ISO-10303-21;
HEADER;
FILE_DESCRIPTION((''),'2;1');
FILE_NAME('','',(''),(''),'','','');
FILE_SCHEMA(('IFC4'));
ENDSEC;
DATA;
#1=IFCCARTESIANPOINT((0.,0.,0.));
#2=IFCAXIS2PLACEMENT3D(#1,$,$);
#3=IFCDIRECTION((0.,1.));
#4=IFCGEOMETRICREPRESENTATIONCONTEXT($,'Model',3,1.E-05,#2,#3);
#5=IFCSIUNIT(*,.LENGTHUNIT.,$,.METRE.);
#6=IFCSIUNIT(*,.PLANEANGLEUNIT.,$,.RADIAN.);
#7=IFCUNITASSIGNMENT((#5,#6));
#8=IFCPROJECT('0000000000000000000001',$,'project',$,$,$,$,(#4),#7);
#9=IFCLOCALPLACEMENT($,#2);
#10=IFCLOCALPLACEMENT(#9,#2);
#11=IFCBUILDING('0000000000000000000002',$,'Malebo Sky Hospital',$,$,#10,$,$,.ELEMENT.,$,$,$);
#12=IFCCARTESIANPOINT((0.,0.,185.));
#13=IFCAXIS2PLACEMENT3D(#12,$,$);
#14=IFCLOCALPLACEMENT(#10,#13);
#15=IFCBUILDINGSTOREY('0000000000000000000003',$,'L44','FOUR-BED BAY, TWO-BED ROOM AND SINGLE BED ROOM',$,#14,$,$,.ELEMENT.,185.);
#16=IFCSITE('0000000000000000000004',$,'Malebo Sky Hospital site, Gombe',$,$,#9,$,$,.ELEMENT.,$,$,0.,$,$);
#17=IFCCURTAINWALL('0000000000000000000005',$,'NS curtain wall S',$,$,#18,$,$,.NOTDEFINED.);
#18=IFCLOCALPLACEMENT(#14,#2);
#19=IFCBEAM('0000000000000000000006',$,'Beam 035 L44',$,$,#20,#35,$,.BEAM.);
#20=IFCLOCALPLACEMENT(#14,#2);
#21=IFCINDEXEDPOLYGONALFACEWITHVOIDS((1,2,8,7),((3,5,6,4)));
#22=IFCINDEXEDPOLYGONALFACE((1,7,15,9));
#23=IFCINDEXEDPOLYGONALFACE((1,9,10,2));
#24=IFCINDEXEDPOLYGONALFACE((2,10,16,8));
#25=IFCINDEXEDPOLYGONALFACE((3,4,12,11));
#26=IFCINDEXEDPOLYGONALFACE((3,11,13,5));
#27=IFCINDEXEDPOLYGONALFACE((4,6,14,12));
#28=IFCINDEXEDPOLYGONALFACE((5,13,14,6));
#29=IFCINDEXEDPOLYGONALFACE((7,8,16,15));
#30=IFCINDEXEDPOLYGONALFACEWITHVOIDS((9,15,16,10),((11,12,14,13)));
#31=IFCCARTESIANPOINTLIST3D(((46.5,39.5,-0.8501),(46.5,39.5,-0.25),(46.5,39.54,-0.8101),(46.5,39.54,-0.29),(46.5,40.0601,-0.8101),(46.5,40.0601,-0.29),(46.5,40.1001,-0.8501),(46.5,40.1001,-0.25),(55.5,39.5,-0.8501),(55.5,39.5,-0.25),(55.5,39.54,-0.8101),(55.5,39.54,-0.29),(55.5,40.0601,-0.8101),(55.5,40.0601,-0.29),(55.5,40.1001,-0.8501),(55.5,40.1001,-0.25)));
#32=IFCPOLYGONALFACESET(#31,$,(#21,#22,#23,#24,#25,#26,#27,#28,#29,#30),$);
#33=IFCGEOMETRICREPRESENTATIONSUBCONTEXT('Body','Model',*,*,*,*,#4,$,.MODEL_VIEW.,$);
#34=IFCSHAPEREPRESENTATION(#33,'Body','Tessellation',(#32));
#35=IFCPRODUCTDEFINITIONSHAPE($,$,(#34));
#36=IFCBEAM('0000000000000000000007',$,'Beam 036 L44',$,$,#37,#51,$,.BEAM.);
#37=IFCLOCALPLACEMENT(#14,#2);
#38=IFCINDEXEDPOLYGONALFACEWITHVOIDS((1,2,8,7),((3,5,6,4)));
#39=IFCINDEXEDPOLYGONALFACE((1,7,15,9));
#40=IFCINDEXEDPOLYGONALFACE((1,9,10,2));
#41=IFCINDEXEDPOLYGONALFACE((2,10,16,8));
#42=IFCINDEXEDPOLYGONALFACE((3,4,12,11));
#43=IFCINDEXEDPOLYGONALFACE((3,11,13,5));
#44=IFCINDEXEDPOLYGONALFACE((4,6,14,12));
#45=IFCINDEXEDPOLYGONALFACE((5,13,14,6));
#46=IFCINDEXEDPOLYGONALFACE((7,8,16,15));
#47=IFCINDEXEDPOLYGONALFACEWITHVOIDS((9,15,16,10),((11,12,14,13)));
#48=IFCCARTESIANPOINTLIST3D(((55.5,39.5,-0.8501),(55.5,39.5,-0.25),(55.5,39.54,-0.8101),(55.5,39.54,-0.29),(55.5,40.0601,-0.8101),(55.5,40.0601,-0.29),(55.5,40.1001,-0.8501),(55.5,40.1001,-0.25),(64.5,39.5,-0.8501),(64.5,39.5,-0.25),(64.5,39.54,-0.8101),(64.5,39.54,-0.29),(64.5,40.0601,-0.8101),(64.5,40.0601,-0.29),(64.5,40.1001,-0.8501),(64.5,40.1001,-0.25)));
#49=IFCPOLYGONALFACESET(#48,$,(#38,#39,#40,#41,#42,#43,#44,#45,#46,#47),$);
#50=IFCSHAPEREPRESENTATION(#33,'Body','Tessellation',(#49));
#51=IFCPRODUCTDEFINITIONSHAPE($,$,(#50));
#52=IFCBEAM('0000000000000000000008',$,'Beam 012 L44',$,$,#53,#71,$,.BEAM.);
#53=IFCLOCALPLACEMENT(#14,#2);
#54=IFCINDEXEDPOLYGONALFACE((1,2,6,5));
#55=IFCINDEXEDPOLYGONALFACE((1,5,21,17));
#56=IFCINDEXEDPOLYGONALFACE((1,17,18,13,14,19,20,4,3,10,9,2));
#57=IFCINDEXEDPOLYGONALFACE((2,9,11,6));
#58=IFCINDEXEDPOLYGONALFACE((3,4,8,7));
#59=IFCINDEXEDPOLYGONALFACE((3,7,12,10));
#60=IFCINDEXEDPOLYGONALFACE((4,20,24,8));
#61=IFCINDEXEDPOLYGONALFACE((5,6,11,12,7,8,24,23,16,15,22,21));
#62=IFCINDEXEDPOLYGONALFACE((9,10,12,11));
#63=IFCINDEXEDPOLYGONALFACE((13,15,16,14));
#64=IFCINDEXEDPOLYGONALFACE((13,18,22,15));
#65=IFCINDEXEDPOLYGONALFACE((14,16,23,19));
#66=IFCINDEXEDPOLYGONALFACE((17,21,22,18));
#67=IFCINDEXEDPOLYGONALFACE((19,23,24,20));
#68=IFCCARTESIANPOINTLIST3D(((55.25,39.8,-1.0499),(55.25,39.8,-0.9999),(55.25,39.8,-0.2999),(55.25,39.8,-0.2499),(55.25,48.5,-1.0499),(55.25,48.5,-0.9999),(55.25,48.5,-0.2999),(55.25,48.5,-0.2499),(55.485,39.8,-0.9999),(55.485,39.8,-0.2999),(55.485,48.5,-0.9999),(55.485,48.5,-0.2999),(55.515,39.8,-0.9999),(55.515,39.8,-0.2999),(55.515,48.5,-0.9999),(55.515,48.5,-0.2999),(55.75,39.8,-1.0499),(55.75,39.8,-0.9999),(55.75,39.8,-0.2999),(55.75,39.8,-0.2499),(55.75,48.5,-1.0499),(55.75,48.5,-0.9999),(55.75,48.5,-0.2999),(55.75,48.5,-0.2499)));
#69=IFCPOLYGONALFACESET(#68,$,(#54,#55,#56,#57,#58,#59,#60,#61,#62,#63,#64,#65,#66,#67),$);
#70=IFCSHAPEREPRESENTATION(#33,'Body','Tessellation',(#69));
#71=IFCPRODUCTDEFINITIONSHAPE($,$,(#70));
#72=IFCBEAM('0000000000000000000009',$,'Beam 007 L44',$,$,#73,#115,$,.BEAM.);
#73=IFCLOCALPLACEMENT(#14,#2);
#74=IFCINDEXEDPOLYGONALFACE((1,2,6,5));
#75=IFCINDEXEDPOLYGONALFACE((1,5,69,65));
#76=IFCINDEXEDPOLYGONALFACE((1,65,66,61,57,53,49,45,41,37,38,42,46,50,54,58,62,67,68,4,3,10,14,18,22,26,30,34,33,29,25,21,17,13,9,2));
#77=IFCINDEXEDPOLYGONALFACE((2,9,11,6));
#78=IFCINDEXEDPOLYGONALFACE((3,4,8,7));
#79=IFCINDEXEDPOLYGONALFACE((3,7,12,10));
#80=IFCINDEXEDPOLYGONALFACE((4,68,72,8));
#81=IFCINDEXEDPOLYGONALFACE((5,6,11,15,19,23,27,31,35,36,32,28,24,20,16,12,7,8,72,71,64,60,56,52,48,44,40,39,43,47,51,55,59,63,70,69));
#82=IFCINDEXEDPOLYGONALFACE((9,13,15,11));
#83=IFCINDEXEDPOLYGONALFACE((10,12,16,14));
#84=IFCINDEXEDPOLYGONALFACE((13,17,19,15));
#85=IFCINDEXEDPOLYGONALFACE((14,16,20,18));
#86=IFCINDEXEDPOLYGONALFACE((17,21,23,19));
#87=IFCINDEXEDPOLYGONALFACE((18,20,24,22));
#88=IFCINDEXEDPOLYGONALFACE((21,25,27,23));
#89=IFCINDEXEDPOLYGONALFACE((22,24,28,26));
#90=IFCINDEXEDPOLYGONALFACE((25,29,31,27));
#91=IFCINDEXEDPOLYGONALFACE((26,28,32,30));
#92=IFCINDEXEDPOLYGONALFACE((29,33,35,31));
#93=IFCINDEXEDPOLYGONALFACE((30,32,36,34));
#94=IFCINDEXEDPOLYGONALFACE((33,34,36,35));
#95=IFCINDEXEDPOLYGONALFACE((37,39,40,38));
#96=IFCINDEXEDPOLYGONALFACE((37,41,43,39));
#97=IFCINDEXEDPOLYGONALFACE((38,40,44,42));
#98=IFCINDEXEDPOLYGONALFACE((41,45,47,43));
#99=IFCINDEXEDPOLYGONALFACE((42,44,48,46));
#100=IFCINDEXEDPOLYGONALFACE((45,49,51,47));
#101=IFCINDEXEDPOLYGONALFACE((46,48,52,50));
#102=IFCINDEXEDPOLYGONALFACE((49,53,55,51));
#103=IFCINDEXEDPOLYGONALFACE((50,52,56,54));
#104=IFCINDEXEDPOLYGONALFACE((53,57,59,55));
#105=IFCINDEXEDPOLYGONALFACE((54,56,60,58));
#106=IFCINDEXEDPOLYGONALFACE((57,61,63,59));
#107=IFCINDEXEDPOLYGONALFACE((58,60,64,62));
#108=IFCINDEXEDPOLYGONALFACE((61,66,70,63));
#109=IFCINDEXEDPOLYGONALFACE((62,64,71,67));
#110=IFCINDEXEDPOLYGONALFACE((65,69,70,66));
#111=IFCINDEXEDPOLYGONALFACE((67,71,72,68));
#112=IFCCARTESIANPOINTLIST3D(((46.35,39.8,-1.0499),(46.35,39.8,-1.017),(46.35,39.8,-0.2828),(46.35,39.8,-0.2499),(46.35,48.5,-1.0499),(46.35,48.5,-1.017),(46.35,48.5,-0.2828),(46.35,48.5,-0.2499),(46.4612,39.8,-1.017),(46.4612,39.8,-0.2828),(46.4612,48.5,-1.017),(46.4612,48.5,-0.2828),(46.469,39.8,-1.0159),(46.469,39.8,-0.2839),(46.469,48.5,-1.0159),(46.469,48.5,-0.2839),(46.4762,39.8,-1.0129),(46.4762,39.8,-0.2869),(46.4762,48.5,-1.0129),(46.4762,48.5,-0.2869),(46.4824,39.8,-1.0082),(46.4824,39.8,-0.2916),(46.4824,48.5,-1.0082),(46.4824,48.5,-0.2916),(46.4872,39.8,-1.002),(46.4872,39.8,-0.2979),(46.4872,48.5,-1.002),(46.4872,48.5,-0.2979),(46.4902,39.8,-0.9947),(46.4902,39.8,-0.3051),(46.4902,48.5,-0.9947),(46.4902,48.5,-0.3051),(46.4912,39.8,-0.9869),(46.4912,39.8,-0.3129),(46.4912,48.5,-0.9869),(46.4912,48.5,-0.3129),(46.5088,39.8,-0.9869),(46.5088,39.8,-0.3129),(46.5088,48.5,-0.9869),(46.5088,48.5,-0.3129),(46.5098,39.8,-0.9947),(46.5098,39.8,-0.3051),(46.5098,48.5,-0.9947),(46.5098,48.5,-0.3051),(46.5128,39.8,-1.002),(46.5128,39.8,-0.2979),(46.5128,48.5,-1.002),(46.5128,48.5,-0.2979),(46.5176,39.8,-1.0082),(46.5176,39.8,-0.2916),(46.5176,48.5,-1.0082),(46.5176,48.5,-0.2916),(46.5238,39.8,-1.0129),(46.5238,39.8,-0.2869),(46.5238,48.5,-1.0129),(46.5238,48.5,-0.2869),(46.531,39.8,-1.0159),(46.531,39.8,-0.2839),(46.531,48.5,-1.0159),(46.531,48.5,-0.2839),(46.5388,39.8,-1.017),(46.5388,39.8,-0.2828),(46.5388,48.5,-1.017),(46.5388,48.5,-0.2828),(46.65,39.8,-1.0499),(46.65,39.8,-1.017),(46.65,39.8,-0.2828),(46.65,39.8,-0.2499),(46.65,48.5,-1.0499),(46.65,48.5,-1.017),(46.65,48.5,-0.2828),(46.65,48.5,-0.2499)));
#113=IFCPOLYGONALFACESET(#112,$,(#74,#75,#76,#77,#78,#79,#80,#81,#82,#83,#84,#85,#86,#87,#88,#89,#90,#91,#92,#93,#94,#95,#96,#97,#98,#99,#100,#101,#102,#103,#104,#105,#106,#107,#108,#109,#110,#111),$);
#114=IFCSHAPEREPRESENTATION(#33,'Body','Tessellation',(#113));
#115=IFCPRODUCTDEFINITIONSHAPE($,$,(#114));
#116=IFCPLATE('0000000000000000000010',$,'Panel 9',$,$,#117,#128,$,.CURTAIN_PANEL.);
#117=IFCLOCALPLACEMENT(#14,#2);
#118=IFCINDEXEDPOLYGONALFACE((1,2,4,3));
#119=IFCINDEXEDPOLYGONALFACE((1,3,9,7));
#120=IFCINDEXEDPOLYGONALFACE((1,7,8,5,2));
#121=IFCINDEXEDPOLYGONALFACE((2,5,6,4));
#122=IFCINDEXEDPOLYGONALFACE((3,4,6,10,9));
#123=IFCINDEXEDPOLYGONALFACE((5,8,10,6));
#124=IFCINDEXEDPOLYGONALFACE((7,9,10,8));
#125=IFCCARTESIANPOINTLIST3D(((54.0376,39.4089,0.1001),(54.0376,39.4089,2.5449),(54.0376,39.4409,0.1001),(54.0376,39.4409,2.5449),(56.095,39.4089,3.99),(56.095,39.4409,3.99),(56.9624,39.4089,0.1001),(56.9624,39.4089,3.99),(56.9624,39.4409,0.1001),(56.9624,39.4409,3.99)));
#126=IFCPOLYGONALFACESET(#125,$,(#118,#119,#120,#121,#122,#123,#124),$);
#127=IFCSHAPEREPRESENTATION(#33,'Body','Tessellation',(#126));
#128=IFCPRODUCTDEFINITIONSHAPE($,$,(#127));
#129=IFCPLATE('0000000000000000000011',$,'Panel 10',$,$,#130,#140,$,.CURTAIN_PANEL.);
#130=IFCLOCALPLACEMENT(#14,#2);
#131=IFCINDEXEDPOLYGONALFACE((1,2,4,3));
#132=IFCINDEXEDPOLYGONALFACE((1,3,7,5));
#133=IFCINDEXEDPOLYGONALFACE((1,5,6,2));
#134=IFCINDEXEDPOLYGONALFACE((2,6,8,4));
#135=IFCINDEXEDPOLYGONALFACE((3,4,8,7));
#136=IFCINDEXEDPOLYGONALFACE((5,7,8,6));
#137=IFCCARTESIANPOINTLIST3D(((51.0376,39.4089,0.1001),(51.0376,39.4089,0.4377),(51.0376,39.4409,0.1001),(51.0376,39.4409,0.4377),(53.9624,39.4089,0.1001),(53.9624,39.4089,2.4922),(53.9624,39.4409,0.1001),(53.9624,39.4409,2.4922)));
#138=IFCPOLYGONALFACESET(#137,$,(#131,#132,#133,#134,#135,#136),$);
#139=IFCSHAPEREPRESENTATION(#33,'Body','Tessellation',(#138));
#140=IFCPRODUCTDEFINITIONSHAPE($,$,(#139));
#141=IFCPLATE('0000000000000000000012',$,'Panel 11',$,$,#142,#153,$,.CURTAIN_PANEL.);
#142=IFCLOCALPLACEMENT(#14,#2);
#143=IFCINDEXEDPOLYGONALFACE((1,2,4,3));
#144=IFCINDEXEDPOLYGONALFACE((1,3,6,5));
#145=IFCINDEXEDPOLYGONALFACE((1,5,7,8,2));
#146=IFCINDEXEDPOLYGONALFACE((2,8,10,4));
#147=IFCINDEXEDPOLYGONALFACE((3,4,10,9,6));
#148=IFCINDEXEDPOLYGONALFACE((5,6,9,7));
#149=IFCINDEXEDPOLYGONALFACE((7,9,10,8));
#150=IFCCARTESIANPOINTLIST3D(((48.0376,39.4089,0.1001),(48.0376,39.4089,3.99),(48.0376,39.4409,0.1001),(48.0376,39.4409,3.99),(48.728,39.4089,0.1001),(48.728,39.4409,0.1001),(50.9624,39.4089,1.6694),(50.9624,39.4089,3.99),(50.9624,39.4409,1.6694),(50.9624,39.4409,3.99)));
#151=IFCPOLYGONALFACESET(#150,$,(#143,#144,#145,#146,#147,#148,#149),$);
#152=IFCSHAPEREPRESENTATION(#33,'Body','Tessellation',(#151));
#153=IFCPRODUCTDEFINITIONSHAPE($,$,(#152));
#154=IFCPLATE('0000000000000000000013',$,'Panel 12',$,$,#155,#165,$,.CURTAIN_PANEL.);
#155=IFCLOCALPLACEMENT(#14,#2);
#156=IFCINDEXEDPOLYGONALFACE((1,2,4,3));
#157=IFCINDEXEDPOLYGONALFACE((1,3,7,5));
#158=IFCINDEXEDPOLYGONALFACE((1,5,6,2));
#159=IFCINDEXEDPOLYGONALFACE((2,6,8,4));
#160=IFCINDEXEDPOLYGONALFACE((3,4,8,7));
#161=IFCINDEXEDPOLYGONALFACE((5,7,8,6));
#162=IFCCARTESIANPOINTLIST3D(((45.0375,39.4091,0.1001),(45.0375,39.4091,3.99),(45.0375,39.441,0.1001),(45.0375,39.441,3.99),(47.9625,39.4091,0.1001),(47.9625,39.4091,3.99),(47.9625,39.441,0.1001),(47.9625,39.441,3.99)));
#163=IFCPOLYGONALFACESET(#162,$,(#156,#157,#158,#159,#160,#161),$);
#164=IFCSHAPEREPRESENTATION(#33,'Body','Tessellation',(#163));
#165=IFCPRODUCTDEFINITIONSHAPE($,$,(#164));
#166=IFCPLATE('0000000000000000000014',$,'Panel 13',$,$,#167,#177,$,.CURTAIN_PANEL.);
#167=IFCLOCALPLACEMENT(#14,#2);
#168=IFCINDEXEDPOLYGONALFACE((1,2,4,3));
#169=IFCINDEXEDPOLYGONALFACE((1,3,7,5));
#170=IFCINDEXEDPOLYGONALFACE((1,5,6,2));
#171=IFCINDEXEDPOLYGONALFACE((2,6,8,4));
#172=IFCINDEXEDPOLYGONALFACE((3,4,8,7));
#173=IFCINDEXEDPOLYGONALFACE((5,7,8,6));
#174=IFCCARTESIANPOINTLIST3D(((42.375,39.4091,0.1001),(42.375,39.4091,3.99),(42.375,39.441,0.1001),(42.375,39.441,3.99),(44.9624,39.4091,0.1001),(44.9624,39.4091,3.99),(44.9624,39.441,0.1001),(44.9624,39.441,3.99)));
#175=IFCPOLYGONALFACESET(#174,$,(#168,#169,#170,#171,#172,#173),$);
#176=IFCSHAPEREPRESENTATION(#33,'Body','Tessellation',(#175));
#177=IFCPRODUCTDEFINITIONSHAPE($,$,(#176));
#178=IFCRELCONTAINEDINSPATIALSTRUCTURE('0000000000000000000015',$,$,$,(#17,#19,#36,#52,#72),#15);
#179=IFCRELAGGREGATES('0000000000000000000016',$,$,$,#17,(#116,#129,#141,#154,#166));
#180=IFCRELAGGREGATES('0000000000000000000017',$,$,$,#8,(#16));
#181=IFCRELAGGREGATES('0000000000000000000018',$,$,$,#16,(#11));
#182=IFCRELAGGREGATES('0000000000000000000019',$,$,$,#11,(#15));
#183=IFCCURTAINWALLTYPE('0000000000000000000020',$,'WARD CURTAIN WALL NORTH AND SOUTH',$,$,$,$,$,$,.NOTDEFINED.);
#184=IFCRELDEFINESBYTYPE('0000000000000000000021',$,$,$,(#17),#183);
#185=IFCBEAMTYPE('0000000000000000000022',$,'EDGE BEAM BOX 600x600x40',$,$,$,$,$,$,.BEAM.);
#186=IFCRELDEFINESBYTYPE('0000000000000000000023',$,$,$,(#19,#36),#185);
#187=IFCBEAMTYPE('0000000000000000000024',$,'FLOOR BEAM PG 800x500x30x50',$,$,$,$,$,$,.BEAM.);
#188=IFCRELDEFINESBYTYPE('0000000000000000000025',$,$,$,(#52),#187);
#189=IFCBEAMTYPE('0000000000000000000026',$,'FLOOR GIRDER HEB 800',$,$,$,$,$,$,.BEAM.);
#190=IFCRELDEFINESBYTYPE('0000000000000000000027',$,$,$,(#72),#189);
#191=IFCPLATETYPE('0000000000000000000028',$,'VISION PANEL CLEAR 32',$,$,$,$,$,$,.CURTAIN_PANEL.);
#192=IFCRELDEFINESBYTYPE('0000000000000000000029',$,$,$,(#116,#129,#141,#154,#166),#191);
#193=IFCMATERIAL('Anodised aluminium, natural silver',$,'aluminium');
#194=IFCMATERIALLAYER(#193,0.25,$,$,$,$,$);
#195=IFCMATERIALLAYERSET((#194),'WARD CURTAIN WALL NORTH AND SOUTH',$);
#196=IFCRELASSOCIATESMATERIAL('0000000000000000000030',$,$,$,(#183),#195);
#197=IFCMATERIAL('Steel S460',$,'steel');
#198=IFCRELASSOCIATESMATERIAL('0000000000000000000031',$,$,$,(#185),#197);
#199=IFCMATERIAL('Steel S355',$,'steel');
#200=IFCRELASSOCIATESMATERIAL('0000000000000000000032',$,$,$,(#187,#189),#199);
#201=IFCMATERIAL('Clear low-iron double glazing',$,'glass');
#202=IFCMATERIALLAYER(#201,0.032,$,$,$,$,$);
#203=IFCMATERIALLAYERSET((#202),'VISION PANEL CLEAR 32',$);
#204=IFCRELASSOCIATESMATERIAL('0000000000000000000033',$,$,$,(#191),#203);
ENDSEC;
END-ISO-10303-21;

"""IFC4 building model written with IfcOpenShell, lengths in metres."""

from ifc_helpers import new_model, si_unit, direction, frame, origin, origin_2d, place, context, subcontext, project, spatial, polyline, rectangle, hollow_rectangle, i_section, outline, extrude, material, layer, layer_set, material_profile, profile_set, type_object, element, aggregate, save


model = new_model("IFC4")

# Units and contexts
model_context = context("Model", 3, precision=1e-05, world=origin(), true_north=direction((0.0, 1.0)))
body_context = subcontext(model_context, "Body", "Model", "MODEL_VIEW")
ifc_project = project(units=[si_unit("LENGTHUNIT", "METRE"), si_unit("PLANEANGLEUNIT", "RADIAN")], contexts=[model_context])

# Site, building, storey
site_placement = place(None, origin())
site = spatial("IfcSite", under=ifc_project, at=site_placement, Name="Malebo Sky Hospital site, Gombe", CompositionType="ELEMENT", RefElevation=0.0)
building_placement = place(site_placement, origin())
building = spatial("IfcBuilding", under=site, at=building_placement, Name="Malebo Sky Hospital", CompositionType="ELEMENT")
storey_placement = place(building_placement, frame((0.0, 0.0, 185.0)))
storey = spatial("IfcBuildingStorey", under=building, at=storey_placement, Name="L44", Description="FOUR-BED BAY, TWO-BED ROOM AND SINGLE BED ROOM", CompositionType="ELEMENT", Elevation=185.0)

# Shared definitions
ifc_material_1 = material(Name="Steel S460", Category="steel")

# Curtain wall
ifc_material_2 = material(Name="Anodised aluminium, natural silver", Category="aluminium")
ifc_layer_1 = layer(ifc_material_2, 0.25)
ifc_layer_set_1 = layer_set([ifc_layer_1], Name="WARD CURTAIN WALL NORTH AND SOUTH")
curtain_wall_type = type_object("IfcCurtainWallType", Name="WARD CURTAIN WALL NORTH AND SOUTH", PredefinedType="NOTDEFINED", material=ifc_layer_set_1)
curtain_wall_placement = place(storey_placement, origin())
curtain_wall = element("IfcCurtainWall", 1, at=curtain_wall_placement, inside=storey, type_object=curtain_wall_type, Name="NS curtain wall S", PredefinedType="NOTDEFINED")

# Shared definitions
ifc_material_3 = material(Name="Steel S355", Category="steel")

# Beams
ifc_material_profile_1 = material_profile(ifc_material_1, hollow_rectangle(XDim=0.6001, YDim=0.6001, WallThickness=0.04, at=origin_2d()), Name="BOX 600x600x40")
ifc_profile_set_1 = profile_set([ifc_material_profile_1], Name="Steel S460")
beam_type_1 = type_object("IfcBeamType", Name="EDGE BEAM BOX 600x600x40", PredefinedType="BEAM", material=ifc_profile_set_1)
for number, where, z_axis, x_axis, name in (
    (2, (46.5, 39.8, -0.55), (1.0, 0.0, 0.0), (0.0, 1.0, 0.0), "Beam 035 L44"),
    (3, (55.5, 39.8, -0.55), (1.0, 0.0, 0.0), (0.0, 1.0, 0.0), "Beam 036 L44"),
):
    element("IfcBeam", number, at=place(storey_placement, frame(where, z_axis=z_axis, x_axis=x_axis)), inside=storey, type_object=beam_type_1, Name=name, PredefinedType="BEAM", context=body_context, shape_type="SweptSolid", body=[
        extrude(hollow_rectangle(XDim=0.6001, YDim=0.6001, WallThickness=0.04, at=origin_2d()), origin(), (0.0, 0.0, 1.0), 9.0),
    ])
ifc_material_profile_2 = material_profile(ifc_material_3, i_section(OverallWidth=0.5, OverallDepth=0.8, WebThickness=0.03, FlangeThickness=0.05, at=origin_2d()), Name="PG 800x500x30x50")
ifc_profile_set_2 = profile_set([ifc_material_profile_2], Name="Steel S355")
beam_type_2 = type_object("IfcBeamType", Name="FLOOR BEAM PG 800x500x30x50", PredefinedType="BEAM", material=ifc_profile_set_2)
beam_1_placement = place(storey_placement, frame((55.5, 39.8, -0.6499), z_axis=(0.0, 1.0, 0.0), x_axis=(-1.0, 0.0, 0.0)))
element("IfcBeam", 4, at=beam_1_placement, inside=storey, type_object=beam_type_2, Name="Beam 012 L44", PredefinedType="BEAM", context=body_context, shape_type="SweptSolid", body=[
    extrude(i_section(OverallWidth=0.5, OverallDepth=0.8, WebThickness=0.03, FlangeThickness=0.05, at=origin_2d()), origin(), (0.0, 0.0, 1.0), 8.7),
])
ifc_material_profile_3 = material_profile(ifc_material_3, i_section(OverallWidth=0.3, OverallDepth=0.8, WebThickness=0.0176, FlangeThickness=0.033, FilletRadius=0.03, at=origin_2d()), Name="HEB 800")
ifc_profile_set_3 = profile_set([ifc_material_profile_3], Name="Steel S355")
beam_type_3 = type_object("IfcBeamType", Name="FLOOR GIRDER HEB 800", PredefinedType="BEAM", material=ifc_profile_set_3)
beam_2_placement = place(storey_placement, frame((46.5, 39.8, -0.6499), z_axis=(0.0, 1.0, 0.0), x_axis=(-1.0, 0.0, 0.0)))
element("IfcBeam", 5, at=beam_2_placement, inside=storey, type_object=beam_type_3, Name="Beam 007 L44", PredefinedType="BEAM", context=body_context, shape_type="SweptSolid", body=[
    extrude(i_section(OverallWidth=0.3, OverallDepth=0.8, WebThickness=0.0176, FlangeThickness=0.033, FilletRadius=0.03, at=origin_2d()), origin(), (0.0, 0.0, 1.0), 8.7),
])

# Plates
ifc_material_4 = material(Name="Clear low-iron double glazing", Category="glass")
ifc_layer_2 = layer(ifc_material_4, 0.032)
ifc_layer_set_2 = layer_set([ifc_layer_2], Name="VISION PANEL CLEAR 32")
plate_type = type_object("IfcPlateType", Name="VISION PANEL CLEAR 32", PredefinedType="CURTAIN_PANEL", material=ifc_layer_set_2)
plate_1_placement = place(storey_placement, frame((55.5, 39.425, 0.1001), z_axis=(0.0, 0.0, 1.0), x_axis=(-1.0, 0.0, 0.0)))
plate_1 = element("IfcPlate", 6, at=plate_1_placement, type_object=plate_type, Name="Panel 9", PredefinedType="CURTAIN_PANEL", context=body_context, shape_type="SweptSolid", body=[
    extrude(outline(polyline([(-1.4624, 0.0), (1.4624, 0.0), (1.4624, 2.4448), (-0.595, 3.8899), (-1.4624, 3.8899), (-1.4624, 0.0)])), frame((0.0, 0.0161, 0.0), z_axis=(0.0, -1.0, 0.0), x_axis=(1.0, 0.0, 0.0)), (0.0, 0.0, 1.0), 0.032),
])
plate_2_placement = place(storey_placement, frame((52.5, 39.425, 0.1001), z_axis=(0.0, 0.0, 1.0), x_axis=(-1.0, 0.0, 0.0)))
plate_2 = element("IfcPlate", 7, at=plate_2_placement, type_object=plate_type, Name="Panel 10", PredefinedType="CURTAIN_PANEL", context=body_context, shape_type="SweptSolid", body=[
    extrude(outline(polyline([(-1.4624, 0.0), (1.4624, 0.0), (1.4624, 0.3376), (-1.4624, 2.3921), (-1.4624, 0.0)])), frame((0.0, 0.0161, 0.0), z_axis=(0.0, -1.0, 0.0), x_axis=(1.0, 0.0, 0.0)), (0.0, 0.0, 1.0), 0.032),
])
plate_3_placement = place(storey_placement, frame((49.5, 39.425, 0.1001), z_axis=(0.0, 0.0, 1.0), x_axis=(-1.0, 0.0, 0.0)))
plate_3 = element("IfcPlate", 8, at=plate_3_placement, type_object=plate_type, Name="Panel 11", PredefinedType="CURTAIN_PANEL", context=body_context, shape_type="SweptSolid", body=[
    extrude(outline(polyline([(0.772, 0.0), (1.4624, 0.0), (1.4624, 3.8899), (-1.4624, 3.8899), (-1.4624, 1.5693), (0.772, 0.0)])), frame((0.0, 0.0161, 0.0), z_axis=(0.0, -1.0, 0.0), x_axis=(1.0, 0.0, 0.0)), (0.0, 0.0, 1.0), 0.032),
])
plate_4_placement = place(storey_placement, frame((46.5, 39.425, 0.1001), z_axis=(0.0, 0.0, 1.0), x_axis=(-1.0, 0.0, 0.0)))
plate_4 = element("IfcPlate", 9, at=plate_4_placement, type_object=plate_type, Name="Panel 12", PredefinedType="CURTAIN_PANEL", context=body_context, shape_type="SweptSolid", body=[
    extrude(rectangle(XDim=2.925, YDim=0.032, at=origin_2d()), origin(), (0.0, 0.0, 1.0), 3.8899),
])
plate_5_placement = place(storey_placement, frame((43.6687, 39.425, 0.1001), z_axis=(0.0, 0.0, 1.0), x_axis=(-1.0, 0.0, 0.0)))
plate_5 = element("IfcPlate", 10, at=plate_5_placement, type_object=plate_type, Name="Panel 13", PredefinedType="CURTAIN_PANEL", context=body_context, shape_type="SweptSolid", body=[
    extrude(rectangle(XDim=2.5874, YDim=0.032, at=origin_2d()), origin(), (0.0, 0.0, 1.0), 3.8899),
])
aggregate(curtain_wall, [plate_1, plate_2, plate_3, plate_4, plate_5])

save(model, "model.ifc")
